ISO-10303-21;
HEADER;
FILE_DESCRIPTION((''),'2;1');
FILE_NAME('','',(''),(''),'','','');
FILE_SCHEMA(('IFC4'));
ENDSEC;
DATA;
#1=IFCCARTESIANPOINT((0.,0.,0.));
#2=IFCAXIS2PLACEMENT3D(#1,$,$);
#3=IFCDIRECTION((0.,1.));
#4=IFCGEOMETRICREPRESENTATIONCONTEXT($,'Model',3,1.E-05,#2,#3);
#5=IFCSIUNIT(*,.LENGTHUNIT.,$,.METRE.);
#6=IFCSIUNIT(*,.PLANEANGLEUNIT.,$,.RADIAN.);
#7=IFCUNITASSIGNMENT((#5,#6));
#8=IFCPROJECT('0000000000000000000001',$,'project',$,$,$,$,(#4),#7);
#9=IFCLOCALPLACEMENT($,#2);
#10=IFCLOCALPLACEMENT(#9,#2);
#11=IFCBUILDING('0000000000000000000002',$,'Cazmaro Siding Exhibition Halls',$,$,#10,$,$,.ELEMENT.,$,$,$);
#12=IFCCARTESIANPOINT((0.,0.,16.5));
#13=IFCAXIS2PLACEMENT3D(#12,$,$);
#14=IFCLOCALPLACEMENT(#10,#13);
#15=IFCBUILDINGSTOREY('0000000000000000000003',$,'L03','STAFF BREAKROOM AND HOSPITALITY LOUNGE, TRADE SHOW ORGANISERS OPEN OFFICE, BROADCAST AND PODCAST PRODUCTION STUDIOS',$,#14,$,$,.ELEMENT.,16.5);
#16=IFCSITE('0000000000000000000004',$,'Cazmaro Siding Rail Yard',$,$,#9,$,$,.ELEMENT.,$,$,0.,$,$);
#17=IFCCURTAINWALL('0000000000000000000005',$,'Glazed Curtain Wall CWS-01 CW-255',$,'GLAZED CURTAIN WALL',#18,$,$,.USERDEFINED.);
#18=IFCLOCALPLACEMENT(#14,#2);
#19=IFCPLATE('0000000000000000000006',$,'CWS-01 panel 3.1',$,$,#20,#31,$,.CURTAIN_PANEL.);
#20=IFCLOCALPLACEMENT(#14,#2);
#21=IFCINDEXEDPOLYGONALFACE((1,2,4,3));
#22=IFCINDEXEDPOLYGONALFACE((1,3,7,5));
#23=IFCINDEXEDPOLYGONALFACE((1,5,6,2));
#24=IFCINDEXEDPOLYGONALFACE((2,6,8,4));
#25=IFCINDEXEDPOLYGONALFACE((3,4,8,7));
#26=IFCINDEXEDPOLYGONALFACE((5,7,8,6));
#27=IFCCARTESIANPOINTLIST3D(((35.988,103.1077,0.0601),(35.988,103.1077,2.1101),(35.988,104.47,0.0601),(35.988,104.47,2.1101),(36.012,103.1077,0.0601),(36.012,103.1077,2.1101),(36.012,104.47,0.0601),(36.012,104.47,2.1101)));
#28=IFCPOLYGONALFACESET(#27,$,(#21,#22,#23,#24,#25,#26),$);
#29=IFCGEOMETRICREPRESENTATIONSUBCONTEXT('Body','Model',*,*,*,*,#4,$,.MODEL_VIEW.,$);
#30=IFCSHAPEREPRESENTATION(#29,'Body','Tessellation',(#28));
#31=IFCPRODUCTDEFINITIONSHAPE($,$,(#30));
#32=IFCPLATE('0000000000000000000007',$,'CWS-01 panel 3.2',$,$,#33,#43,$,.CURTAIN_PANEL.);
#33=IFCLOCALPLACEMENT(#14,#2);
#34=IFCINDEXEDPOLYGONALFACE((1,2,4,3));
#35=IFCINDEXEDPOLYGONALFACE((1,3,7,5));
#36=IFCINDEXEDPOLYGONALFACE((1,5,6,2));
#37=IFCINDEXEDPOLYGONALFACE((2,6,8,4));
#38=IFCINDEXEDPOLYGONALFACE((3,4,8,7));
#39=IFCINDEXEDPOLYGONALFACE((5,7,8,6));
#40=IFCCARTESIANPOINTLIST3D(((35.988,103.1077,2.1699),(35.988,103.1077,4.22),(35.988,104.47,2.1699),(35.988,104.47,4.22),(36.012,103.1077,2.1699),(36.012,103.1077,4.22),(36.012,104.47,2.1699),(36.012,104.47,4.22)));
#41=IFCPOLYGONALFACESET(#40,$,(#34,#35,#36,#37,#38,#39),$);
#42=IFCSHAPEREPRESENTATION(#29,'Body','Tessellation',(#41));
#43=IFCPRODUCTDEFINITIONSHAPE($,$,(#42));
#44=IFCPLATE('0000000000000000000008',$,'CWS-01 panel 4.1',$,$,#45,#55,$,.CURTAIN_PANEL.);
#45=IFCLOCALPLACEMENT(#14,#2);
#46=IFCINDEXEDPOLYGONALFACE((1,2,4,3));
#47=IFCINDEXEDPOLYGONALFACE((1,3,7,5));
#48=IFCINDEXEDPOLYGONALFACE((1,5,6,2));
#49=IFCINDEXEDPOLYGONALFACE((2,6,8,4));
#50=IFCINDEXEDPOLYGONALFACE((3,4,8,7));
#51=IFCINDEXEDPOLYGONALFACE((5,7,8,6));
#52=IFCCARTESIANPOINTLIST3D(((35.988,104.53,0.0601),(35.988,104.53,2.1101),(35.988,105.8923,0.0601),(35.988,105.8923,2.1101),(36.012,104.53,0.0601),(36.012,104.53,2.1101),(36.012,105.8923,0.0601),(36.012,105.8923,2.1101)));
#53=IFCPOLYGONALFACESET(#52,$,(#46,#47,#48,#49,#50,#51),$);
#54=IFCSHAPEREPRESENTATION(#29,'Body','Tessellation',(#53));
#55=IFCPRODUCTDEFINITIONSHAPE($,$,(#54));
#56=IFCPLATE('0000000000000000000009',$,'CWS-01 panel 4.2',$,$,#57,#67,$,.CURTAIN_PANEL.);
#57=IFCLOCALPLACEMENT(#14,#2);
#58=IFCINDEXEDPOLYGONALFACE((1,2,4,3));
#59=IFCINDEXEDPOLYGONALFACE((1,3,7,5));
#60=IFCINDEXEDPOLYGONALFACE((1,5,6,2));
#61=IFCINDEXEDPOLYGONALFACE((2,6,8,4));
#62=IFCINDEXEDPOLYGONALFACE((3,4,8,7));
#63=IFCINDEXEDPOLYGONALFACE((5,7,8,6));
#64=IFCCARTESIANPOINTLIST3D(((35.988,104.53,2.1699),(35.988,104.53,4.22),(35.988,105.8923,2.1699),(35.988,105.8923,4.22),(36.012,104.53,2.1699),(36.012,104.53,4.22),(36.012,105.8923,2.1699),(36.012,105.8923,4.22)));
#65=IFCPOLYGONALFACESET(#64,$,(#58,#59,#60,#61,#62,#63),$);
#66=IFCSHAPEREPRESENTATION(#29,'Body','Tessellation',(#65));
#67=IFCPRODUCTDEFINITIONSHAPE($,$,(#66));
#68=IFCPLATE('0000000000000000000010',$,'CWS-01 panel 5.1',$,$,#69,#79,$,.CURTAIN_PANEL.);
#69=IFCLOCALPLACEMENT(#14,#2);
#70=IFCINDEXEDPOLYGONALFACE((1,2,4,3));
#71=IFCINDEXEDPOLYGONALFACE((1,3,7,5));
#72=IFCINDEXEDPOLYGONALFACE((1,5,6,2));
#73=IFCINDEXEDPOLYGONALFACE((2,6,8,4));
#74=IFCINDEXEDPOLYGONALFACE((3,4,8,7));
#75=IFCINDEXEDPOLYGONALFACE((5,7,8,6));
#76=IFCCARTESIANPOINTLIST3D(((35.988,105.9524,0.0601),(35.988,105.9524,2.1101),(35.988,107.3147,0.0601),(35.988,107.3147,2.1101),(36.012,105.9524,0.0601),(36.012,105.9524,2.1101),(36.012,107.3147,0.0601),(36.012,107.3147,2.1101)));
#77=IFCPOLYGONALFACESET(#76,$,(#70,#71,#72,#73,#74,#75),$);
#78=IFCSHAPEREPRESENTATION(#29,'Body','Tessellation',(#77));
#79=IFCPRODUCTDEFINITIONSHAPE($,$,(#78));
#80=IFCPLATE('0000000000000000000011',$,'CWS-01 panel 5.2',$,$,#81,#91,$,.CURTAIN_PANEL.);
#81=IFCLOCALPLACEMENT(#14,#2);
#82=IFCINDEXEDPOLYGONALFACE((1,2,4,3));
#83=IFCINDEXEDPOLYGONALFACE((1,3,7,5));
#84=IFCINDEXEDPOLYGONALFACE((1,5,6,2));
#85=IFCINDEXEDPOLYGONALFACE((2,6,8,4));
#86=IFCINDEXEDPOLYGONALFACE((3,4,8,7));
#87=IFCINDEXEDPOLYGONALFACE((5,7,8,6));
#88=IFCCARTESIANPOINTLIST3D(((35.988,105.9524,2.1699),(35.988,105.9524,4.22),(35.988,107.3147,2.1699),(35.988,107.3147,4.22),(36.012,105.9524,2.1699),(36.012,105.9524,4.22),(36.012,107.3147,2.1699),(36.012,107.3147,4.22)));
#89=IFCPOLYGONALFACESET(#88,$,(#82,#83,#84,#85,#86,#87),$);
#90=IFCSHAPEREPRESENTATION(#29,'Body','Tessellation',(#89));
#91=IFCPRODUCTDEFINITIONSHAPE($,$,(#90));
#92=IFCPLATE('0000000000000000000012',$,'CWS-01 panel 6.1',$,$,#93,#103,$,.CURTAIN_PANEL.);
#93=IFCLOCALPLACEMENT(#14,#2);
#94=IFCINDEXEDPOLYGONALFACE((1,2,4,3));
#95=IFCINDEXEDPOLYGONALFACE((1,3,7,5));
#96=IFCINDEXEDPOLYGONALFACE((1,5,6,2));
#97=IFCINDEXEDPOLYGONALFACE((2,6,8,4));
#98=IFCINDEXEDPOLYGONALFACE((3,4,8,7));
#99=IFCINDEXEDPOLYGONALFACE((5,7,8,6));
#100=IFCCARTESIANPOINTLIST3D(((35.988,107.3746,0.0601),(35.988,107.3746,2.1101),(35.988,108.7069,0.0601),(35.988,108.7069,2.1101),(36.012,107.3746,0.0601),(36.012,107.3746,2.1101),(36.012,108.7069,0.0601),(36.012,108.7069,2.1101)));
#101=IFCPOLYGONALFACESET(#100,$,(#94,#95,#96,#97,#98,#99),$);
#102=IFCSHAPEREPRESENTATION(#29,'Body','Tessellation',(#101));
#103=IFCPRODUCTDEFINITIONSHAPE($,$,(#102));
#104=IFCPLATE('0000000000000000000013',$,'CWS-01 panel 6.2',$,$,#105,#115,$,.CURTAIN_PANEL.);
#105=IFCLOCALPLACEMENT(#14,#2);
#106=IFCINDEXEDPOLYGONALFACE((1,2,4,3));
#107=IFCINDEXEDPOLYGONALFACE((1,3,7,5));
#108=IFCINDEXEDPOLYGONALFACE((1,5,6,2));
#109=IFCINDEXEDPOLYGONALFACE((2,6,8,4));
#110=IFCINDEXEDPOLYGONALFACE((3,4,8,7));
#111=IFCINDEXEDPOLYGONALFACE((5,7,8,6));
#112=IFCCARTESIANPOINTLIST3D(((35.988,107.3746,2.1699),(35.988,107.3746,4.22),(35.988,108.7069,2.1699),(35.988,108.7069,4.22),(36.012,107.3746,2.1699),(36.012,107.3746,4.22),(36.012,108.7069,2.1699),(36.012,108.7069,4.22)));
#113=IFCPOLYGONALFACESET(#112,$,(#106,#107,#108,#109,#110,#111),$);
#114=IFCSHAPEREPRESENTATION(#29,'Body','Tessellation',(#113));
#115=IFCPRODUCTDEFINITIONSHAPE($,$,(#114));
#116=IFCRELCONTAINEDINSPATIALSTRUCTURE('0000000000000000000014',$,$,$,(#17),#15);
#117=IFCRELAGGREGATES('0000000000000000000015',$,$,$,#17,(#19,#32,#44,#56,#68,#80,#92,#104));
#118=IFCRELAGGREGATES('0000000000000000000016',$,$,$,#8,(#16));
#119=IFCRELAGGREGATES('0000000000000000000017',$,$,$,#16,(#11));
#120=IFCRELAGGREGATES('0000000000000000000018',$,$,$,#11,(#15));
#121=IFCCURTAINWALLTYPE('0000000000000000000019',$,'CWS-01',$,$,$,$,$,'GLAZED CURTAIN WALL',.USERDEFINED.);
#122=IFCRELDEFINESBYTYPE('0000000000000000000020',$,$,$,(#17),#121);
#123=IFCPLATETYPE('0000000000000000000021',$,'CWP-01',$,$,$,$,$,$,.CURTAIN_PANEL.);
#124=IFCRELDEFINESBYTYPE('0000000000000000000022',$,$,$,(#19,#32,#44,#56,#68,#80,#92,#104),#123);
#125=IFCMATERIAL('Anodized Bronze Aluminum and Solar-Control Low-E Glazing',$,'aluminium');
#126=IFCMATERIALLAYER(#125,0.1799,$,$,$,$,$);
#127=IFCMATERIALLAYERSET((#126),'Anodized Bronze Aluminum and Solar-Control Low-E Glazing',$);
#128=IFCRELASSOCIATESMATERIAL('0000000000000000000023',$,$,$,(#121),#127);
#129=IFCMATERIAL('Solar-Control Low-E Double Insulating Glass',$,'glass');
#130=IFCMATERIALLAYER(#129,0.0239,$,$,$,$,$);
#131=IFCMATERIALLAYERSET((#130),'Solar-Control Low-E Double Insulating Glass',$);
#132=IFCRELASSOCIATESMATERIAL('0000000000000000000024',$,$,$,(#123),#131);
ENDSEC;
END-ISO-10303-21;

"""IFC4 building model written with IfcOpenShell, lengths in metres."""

from ifc_helpers import new_model, si_unit, direction, frame, origin, origin_2d, place, context, subcontext, project, spatial, rectangle, extrude, material, layer, layer_set, type_object, element, aggregate, save


model = new_model("IFC4")

# Units and contexts
model_context = context("Model", 3, precision=1e-05, world=origin(), true_north=direction((0.0, 1.0)))
body_context = subcontext(model_context, "Body", "Model", "MODEL_VIEW")
ifc_project = project(units=[si_unit("LENGTHUNIT", "METRE"), si_unit("PLANEANGLEUNIT", "RADIAN")], contexts=[model_context])

# Site, building, storey
site_placement = place(None, origin())
site = spatial("IfcSite", under=ifc_project, at=site_placement, Name="Cazmaro Siding Rail Yard", CompositionType="ELEMENT", RefElevation=0.0)
building_placement = place(site_placement, origin())
building = spatial("IfcBuilding", under=site, at=building_placement, Name="Cazmaro Siding Exhibition Halls", CompositionType="ELEMENT")
storey_placement = place(building_placement, frame((0.0, 0.0, 16.5)))
storey = spatial("IfcBuildingStorey", under=building, at=storey_placement, Name="L03", Description="STAFF BREAKROOM AND HOSPITALITY LOUNGE, TRADE SHOW ORGANISERS OPEN OFFICE, BROADCAST AND PODCAST PRODUCTION STUDIOS", CompositionType="ELEMENT", Elevation=16.5)

# Curtain wall
ifc_material_1 = material(Name="Anodized Bronze Aluminum and Solar-Control Low-E Glazing", Category="aluminium")
ifc_layer_1 = layer(ifc_material_1, 0.1799)
ifc_layer_set_1 = layer_set([ifc_layer_1], Name="Anodized Bronze Aluminum and Solar-Control Low-E Glazing")
curtain_wall_type = type_object("IfcCurtainWallType", Name="CWS-01", ElementType="GLAZED CURTAIN WALL", PredefinedType="USERDEFINED", material=ifc_layer_set_1)
curtain_wall_placement = place(storey_placement, origin())
curtain_wall = element("IfcCurtainWall", 1, at=curtain_wall_placement, inside=storey, type_object=curtain_wall_type, Name="Glazed Curtain Wall CWS-01 CW-255", ObjectType="GLAZED CURTAIN WALL", PredefinedType="USERDEFINED")

# Plates
ifc_material_2 = material(Name="Solar-Control Low-E Double Insulating Glass", Category="glass")
ifc_layer_2 = layer(ifc_material_2, 0.0239)
ifc_layer_set_2 = layer_set([ifc_layer_2], Name="Solar-Control Low-E Double Insulating Glass")
plate_type = type_object("IfcPlateType", Name="CWP-01", PredefinedType="CURTAIN_PANEL", material=ifc_layer_set_2)
plate_1_placement = place(storey_placement, frame((36.0, 103.7888, 0.0601), z_axis=(0.0, 0.0, 1.0), x_axis=(0.0, 1.0, 0.0)))
plate_1 = element("IfcPlate", 2, at=plate_1_placement, type_object=plate_type, Name="CWS-01 panel 3.1", PredefinedType="CURTAIN_PANEL", context=body_context, shape_type="SweptSolid", body=[
    extrude(rectangle(XDim=1.3623, YDim=0.0239, at=origin_2d()), origin(), (0.0, 0.0, 1.0), 2.05),
])
plate_2_placement = place(storey_placement, frame((36.0, 103.7888, 2.1699), z_axis=(0.0, 0.0, 1.0), x_axis=(0.0, 1.0, 0.0)))
plate_2 = element("IfcPlate", 3, at=plate_2_placement, type_object=plate_type, Name="CWS-01 panel 3.2", PredefinedType="CURTAIN_PANEL", context=body_context, shape_type="SweptSolid", body=[
    extrude(rectangle(XDim=1.3623, YDim=0.0239, at=origin_2d()), origin(), (0.0, 0.0, 1.0), 2.05),
])
plate_3_placement = place(storey_placement, frame((36.0, 105.2112, 0.0601), z_axis=(0.0, 0.0, 1.0), x_axis=(0.0, 1.0, 0.0)))
plate_3 = element("IfcPlate", 4, at=plate_3_placement, type_object=plate_type, Name="CWS-01 panel 4.1", PredefinedType="CURTAIN_PANEL", context=body_context, shape_type="SweptSolid", body=[
    extrude(rectangle(XDim=1.3623, YDim=0.0239, at=origin_2d()), origin(), (0.0, 0.0, 1.0), 2.05),
])
plate_4_placement = place(storey_placement, frame((36.0, 105.2112, 2.1699), z_axis=(0.0, 0.0, 1.0), x_axis=(0.0, 1.0, 0.0)))
plate_4 = element("IfcPlate", 5, at=plate_4_placement, type_object=plate_type, Name="CWS-01 panel 4.2", PredefinedType="CURTAIN_PANEL", context=body_context, shape_type="SweptSolid", body=[
    extrude(rectangle(XDim=1.3623, YDim=0.0239, at=origin_2d()), origin(), (0.0, 0.0, 1.0), 2.05),
])
plate_5_placement = place(storey_placement, frame((36.0, 106.6335, 0.0601), z_axis=(0.0, 0.0, 1.0), x_axis=(0.0, 1.0, 0.0)))
plate_5 = element("IfcPlate", 6, at=plate_5_placement, type_object=plate_type, Name="CWS-01 panel 5.1", PredefinedType="CURTAIN_PANEL", context=body_context, shape_type="SweptSolid", body=[
    extrude(rectangle(XDim=1.3623, YDim=0.0239, at=origin_2d()), origin(), (0.0, 0.0, 1.0), 2.05),
])
plate_6_placement = place(storey_placement, frame((36.0, 106.6335, 2.1699), z_axis=(0.0, 0.0, 1.0), x_axis=(0.0, 1.0, 0.0)))
plate_6 = element("IfcPlate", 7, at=plate_6_placement, type_object=plate_type, Name="CWS-01 panel 5.2", PredefinedType="CURTAIN_PANEL", context=body_context, shape_type="SweptSolid", body=[
    extrude(rectangle(XDim=1.3623, YDim=0.0239, at=origin_2d()), origin(), (0.0, 0.0, 1.0), 2.05),
])
plate_7_placement = place(storey_placement, frame((36.0, 108.0408, 0.0601), z_axis=(0.0, 0.0, 1.0), x_axis=(0.0, 1.0, 0.0)))
plate_7 = element("IfcPlate", 8, at=plate_7_placement, type_object=plate_type, Name="CWS-01 panel 6.1", PredefinedType="CURTAIN_PANEL", context=body_context, shape_type="SweptSolid", body=[
    extrude(rectangle(XDim=1.3323, YDim=0.0239, at=origin_2d()), origin(), (0.0, 0.0, 1.0), 2.05),
])
plate_8_placement = place(storey_placement, frame((36.0, 108.0408, 2.1699), z_axis=(0.0, 0.0, 1.0), x_axis=(0.0, 1.0, 0.0)))
plate_8 = element("IfcPlate", 9, at=plate_8_placement, type_object=plate_type, Name="CWS-01 panel 6.2", PredefinedType="CURTAIN_PANEL", context=body_context, shape_type="SweptSolid", body=[
    extrude(rectangle(XDim=1.3323, YDim=0.0239, at=origin_2d()), origin(), (0.0, 0.0, 1.0), 2.05),
])
aggregate(curtain_wall, [plate_1, plate_2, plate_3, plate_4, plate_5, plate_6, plate_7, plate_8])

save(model, "model.ifc")
